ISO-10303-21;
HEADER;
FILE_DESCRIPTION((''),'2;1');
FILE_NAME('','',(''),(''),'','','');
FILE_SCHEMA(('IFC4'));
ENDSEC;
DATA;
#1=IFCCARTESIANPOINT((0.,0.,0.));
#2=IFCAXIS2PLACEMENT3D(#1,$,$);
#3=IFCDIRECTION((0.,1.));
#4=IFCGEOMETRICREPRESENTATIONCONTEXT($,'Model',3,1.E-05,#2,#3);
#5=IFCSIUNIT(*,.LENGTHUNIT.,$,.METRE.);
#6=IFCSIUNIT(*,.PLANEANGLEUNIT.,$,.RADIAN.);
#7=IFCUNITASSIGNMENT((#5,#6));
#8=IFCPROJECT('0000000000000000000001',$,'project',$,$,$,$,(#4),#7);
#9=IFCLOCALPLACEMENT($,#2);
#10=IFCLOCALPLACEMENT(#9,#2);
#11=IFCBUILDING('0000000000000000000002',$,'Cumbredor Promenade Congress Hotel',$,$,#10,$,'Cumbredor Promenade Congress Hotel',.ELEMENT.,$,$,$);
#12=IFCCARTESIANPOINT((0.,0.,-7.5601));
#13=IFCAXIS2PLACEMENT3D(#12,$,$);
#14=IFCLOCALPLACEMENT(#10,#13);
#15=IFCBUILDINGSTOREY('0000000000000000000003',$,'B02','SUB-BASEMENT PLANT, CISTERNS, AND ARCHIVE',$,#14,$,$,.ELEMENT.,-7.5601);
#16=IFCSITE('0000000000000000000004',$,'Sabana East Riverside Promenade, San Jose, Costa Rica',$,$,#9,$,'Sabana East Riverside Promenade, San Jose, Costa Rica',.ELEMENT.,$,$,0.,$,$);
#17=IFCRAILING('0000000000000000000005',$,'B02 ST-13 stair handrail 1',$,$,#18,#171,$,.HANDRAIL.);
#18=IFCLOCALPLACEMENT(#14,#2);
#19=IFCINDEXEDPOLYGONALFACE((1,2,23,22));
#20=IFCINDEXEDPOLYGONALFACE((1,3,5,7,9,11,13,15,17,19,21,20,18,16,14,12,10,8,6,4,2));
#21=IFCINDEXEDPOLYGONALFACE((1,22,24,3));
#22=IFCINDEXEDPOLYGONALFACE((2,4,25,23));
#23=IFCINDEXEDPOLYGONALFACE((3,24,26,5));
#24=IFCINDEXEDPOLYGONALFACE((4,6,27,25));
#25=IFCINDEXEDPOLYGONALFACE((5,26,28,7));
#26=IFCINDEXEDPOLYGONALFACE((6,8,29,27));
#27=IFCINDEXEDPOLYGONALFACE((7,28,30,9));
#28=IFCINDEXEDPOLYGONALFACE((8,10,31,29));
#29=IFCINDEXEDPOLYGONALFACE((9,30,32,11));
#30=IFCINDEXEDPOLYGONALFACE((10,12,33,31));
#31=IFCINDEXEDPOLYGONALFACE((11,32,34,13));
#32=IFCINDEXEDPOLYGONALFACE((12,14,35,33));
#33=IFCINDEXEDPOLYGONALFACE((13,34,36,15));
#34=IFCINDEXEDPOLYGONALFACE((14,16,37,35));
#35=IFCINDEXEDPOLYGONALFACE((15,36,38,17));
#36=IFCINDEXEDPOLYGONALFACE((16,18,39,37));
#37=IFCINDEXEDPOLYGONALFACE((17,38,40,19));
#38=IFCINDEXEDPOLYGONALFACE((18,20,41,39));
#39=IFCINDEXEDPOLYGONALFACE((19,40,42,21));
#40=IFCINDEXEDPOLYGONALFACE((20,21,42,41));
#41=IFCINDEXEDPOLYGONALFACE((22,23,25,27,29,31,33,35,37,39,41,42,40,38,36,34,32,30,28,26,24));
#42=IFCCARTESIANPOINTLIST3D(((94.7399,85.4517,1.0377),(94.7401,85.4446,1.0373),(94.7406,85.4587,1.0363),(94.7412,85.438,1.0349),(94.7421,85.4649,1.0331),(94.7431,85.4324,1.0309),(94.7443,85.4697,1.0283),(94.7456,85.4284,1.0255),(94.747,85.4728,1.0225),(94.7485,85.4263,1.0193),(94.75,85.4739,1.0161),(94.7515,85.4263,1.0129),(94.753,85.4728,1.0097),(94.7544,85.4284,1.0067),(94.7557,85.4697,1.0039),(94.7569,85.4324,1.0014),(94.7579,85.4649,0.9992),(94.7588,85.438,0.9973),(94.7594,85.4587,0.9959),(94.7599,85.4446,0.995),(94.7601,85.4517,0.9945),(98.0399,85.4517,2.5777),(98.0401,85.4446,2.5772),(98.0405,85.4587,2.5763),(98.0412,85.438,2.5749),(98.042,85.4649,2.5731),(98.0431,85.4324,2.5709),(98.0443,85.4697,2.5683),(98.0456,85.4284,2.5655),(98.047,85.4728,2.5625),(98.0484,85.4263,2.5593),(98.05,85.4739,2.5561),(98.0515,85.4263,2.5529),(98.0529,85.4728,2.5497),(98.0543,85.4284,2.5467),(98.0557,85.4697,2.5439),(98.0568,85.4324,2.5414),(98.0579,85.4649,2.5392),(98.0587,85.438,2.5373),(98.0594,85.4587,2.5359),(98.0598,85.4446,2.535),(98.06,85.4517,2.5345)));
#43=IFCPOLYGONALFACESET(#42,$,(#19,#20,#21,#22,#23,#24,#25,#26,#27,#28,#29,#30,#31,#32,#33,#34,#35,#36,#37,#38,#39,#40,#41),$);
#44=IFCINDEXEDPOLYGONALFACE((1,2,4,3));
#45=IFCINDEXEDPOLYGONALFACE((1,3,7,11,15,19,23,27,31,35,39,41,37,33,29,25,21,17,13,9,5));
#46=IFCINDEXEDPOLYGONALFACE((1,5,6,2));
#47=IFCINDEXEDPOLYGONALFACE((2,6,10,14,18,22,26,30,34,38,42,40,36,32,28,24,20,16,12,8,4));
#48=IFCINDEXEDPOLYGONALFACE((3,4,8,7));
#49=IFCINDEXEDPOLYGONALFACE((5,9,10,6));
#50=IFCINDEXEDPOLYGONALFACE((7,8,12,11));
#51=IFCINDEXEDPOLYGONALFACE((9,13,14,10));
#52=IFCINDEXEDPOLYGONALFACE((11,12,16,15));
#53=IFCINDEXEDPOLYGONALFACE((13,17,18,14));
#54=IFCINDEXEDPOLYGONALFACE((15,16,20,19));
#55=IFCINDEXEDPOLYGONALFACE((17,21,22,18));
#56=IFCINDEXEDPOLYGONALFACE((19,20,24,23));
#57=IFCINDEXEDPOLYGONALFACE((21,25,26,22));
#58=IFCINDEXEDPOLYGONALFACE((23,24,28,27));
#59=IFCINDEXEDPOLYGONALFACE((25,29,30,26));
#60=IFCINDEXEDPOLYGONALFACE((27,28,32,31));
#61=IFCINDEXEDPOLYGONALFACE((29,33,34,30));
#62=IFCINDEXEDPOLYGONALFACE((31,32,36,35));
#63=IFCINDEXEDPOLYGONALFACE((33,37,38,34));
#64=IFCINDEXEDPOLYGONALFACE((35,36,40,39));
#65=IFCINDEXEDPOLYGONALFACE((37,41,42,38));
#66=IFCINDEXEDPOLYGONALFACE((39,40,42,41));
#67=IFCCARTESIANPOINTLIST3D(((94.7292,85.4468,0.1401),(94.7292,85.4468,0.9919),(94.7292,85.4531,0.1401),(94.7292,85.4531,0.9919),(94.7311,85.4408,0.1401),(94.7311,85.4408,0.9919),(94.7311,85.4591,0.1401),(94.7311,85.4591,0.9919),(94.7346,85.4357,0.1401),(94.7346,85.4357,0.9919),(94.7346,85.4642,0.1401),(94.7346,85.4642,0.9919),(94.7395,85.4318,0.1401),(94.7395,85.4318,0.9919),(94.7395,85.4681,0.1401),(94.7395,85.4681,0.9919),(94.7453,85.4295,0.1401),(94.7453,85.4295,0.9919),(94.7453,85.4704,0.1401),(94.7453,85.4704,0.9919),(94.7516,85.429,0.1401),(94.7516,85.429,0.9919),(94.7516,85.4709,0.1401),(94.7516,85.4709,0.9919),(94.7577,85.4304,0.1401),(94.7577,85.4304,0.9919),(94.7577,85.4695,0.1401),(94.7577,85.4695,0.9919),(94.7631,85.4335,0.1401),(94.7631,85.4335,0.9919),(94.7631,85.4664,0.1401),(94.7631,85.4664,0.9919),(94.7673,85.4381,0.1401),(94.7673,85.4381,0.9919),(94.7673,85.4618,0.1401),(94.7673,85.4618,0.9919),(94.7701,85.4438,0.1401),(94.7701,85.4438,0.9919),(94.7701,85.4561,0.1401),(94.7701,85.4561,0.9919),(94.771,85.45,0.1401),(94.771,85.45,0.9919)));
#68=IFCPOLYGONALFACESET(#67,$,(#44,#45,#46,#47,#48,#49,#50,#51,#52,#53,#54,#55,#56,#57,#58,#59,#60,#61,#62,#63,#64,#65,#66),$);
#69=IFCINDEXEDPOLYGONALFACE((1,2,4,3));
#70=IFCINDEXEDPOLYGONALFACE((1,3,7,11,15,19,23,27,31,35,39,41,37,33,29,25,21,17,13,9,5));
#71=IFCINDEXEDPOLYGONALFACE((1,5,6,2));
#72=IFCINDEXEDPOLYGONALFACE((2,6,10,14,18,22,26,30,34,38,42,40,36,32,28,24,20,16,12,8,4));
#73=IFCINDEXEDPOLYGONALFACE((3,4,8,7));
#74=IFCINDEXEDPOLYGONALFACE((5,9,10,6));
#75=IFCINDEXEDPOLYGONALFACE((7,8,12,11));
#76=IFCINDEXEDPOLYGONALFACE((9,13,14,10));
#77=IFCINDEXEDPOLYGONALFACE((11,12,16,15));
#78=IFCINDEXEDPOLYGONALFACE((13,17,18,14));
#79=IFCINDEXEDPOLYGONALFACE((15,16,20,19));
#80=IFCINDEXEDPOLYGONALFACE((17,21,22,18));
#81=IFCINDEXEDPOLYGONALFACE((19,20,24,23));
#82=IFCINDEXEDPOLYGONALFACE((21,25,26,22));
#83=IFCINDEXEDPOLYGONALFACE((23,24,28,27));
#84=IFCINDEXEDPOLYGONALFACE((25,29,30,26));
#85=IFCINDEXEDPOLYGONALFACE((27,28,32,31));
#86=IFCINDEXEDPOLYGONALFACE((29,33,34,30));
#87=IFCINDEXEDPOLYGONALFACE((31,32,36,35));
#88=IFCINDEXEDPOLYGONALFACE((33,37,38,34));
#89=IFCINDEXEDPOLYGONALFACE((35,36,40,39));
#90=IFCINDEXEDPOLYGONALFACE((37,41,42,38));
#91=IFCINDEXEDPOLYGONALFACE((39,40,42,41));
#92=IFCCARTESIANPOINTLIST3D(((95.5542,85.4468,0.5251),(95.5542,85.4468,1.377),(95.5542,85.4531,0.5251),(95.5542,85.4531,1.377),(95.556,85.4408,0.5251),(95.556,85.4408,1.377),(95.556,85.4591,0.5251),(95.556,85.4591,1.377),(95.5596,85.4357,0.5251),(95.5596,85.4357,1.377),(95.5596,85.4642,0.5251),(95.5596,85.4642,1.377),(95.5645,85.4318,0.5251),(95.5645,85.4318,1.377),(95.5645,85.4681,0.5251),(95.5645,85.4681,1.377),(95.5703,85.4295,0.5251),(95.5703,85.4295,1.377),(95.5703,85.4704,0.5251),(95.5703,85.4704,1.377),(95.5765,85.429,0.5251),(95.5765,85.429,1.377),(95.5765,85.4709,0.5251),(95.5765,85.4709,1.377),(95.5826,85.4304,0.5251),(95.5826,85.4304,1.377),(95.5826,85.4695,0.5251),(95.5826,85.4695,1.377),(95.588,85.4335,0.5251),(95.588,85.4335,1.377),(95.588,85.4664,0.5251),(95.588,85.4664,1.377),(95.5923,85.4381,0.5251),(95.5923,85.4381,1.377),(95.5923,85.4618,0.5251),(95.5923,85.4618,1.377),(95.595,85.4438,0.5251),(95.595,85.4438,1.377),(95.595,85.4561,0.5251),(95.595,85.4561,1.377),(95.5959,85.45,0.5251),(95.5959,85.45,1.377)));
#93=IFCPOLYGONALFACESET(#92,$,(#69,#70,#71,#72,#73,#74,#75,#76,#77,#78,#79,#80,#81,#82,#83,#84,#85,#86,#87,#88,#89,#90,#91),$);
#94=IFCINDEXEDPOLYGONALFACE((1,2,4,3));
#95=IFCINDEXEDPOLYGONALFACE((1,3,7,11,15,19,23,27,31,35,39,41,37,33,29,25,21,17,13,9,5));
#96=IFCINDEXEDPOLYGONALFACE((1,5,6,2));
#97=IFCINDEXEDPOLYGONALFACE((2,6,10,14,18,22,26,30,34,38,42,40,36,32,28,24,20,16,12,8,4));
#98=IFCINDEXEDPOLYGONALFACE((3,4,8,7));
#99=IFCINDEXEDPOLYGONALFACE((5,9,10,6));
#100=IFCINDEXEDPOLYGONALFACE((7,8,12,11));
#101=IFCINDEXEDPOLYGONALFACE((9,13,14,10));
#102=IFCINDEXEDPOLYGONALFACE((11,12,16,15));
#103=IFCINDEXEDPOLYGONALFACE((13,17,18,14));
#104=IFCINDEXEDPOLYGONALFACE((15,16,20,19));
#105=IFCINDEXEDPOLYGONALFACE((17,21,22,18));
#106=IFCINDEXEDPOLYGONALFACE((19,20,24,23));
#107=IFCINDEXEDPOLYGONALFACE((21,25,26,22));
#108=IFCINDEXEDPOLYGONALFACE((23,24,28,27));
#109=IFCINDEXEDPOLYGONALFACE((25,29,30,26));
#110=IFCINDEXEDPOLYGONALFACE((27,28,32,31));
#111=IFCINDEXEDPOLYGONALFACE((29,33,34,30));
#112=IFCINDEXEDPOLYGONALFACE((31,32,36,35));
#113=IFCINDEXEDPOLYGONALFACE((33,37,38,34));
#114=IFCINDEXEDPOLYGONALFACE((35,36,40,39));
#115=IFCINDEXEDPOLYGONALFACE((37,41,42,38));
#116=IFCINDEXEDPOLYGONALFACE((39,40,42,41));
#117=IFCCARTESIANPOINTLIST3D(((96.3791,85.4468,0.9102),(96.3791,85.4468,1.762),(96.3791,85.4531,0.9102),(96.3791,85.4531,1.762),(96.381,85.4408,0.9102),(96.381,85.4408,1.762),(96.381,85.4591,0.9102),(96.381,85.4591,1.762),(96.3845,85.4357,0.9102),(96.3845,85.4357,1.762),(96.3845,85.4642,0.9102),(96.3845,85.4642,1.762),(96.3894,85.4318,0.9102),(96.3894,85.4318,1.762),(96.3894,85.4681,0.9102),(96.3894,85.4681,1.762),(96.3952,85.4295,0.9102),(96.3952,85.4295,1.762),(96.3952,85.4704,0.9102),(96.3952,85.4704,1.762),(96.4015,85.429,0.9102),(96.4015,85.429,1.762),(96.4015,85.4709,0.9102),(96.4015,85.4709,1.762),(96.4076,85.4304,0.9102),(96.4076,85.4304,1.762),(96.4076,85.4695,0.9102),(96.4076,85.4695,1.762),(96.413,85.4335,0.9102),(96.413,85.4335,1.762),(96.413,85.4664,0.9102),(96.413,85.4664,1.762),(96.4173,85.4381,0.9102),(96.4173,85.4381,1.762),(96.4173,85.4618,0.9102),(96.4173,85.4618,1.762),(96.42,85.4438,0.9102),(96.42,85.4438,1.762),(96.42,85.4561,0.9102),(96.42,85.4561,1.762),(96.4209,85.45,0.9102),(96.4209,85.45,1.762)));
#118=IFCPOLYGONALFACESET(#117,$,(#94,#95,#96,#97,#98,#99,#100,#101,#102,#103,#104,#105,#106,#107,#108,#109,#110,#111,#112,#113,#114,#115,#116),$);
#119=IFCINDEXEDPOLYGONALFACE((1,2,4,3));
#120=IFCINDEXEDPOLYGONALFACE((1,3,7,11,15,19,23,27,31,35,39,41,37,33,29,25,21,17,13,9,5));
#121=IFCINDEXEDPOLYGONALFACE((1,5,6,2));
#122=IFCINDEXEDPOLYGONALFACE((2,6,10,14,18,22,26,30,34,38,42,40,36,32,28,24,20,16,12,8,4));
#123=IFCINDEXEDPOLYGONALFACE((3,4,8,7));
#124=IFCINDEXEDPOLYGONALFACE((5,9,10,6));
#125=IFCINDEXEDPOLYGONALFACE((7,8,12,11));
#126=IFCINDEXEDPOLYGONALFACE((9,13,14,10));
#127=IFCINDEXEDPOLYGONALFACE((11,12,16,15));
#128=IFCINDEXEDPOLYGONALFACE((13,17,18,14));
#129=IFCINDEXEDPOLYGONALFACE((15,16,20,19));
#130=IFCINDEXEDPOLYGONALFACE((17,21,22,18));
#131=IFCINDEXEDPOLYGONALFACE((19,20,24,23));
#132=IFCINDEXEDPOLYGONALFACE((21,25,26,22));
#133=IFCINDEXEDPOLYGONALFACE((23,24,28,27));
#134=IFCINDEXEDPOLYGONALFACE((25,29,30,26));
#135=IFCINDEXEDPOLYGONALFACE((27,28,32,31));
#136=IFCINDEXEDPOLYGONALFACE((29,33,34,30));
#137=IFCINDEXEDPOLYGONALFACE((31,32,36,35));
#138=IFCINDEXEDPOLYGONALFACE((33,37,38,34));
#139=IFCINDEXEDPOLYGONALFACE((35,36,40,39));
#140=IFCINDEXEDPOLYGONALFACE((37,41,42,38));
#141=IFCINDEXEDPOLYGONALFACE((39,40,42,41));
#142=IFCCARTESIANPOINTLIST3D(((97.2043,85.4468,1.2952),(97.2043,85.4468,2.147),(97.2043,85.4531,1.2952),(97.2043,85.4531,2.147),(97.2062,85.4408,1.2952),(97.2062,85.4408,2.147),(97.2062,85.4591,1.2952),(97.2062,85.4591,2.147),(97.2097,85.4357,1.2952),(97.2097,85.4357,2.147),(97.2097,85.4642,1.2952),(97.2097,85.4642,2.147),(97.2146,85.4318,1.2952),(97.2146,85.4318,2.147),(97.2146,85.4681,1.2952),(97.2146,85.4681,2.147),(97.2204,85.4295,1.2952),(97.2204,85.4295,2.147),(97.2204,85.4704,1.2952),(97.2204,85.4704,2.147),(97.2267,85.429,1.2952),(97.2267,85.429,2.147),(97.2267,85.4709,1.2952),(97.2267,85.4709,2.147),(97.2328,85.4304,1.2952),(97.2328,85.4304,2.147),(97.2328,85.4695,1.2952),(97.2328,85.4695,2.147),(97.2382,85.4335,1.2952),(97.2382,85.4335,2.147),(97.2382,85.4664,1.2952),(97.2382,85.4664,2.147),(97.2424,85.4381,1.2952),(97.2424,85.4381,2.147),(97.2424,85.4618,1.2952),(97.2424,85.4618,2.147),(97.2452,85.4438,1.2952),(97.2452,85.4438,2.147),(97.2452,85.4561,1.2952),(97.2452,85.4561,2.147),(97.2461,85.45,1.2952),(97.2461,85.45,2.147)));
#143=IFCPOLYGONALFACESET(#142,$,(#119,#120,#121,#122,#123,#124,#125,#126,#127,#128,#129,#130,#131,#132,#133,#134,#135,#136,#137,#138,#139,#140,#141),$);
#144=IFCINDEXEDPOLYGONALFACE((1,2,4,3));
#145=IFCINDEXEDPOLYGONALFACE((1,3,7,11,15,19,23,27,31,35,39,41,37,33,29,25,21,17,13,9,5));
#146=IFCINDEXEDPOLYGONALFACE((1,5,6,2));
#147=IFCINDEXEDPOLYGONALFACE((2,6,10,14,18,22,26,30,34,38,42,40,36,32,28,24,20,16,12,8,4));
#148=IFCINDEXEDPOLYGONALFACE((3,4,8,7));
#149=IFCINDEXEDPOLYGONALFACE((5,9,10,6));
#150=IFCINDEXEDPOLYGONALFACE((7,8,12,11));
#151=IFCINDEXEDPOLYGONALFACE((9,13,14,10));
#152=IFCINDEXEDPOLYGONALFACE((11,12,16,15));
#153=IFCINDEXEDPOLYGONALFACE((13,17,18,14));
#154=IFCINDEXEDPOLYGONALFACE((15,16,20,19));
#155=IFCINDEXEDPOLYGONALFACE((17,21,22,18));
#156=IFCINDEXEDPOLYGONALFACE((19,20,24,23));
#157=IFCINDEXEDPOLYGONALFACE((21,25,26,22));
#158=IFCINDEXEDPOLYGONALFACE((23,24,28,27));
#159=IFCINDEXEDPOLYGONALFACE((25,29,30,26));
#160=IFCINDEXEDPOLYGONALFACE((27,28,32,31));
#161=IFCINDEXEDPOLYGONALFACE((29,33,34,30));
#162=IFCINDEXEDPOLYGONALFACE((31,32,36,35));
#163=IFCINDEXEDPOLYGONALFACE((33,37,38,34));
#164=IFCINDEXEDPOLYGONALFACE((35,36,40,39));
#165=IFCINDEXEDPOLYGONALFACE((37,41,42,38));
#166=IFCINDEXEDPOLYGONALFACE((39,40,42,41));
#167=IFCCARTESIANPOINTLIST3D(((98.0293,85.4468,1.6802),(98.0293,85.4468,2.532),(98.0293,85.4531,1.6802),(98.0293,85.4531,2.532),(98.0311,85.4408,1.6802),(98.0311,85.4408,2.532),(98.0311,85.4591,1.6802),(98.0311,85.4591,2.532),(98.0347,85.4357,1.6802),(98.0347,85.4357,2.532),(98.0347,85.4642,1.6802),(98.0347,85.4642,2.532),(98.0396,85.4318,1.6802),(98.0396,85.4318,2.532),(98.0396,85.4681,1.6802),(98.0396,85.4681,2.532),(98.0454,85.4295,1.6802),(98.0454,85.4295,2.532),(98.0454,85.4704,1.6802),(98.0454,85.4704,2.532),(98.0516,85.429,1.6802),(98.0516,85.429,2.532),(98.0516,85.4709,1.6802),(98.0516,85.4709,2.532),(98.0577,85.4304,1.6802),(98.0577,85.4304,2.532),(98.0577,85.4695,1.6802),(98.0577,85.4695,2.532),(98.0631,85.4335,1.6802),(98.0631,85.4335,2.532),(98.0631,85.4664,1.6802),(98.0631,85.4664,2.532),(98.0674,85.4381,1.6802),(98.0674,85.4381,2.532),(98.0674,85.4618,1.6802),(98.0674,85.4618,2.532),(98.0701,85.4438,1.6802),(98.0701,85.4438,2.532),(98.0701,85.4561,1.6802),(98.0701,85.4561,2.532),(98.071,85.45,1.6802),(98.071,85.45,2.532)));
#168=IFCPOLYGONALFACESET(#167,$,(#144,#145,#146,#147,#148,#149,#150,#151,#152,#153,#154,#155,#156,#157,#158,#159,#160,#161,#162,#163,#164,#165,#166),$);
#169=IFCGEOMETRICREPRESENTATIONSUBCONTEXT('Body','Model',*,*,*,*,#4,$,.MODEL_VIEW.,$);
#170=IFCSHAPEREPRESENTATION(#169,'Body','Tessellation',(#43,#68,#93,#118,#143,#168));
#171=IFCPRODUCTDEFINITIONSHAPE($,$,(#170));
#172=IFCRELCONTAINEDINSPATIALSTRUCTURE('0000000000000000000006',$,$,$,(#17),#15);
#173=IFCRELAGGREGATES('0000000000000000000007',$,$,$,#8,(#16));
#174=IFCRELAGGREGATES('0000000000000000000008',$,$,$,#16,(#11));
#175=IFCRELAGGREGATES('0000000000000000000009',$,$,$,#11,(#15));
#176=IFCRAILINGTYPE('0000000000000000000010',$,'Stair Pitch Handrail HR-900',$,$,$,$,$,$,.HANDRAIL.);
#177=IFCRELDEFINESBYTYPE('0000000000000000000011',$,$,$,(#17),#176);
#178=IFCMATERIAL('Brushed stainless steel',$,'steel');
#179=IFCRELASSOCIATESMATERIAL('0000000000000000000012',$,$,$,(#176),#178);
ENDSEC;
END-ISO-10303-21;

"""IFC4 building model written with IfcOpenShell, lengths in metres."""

from ifc_helpers import new_model, si_unit, direction, frame, origin, origin_2d, place, context, subcontext, project, spatial, circle, extrude, material, type_object, element, save


model = new_model("IFC4")

# Units and contexts
model_context = context("Model", 3, precision=1e-05, world=origin(), true_north=direction((0.0, 1.0)))
body_context = subcontext(model_context, "Body", "Model", "MODEL_VIEW")
ifc_project = project(units=[si_unit("LENGTHUNIT", "METRE"), si_unit("PLANEANGLEUNIT", "RADIAN")], contexts=[model_context])

# Site, building, storey
site_placement = place(None, origin())
site = spatial("IfcSite", under=ifc_project, at=site_placement, Name="Sabana East Riverside Promenade, San Jose, Costa Rica", LongName="Sabana East Riverside Promenade, San Jose, Costa Rica", CompositionType="ELEMENT", RefElevation=0.0)
building_placement = place(site_placement, origin())
building = spatial("IfcBuilding", under=site, at=building_placement, Name="Cumbredor Promenade Congress Hotel", LongName="Cumbredor Promenade Congress Hotel", CompositionType="ELEMENT")
storey_placement = place(building_placement, frame((0.0, 0.0, -7.5601)))
storey = spatial("IfcBuildingStorey", under=building, at=storey_placement, Name="B02", Description="SUB-BASEMENT PLANT, CISTERNS, AND ARCHIVE", CompositionType="ELEMENT", Elevation=-7.5601)

# Railing
ifc_material_1 = material(Name="Brushed stainless steel", Category="steel")
railing_type_1 = type_object("IfcRailingType", Name="Stair Pitch Handrail HR-900", PredefinedType="HANDRAIL", material=ifc_material_1)
railing_1_placement = place(storey_placement, frame((94.75, 85.45, 0.1401)))
element("IfcRailing", 1, at=railing_1_placement, inside=storey, type_object=railing_type_1, Name="B02 ST-13 stair handrail 1", PredefinedType="HANDRAIL", context=body_context, shape_type="SweptSolid", body=[
    extrude(circle(Radius=0.0239, at=origin_2d()), frame((0.0, 0.0, 0.876), z_axis=(0.906181, 0.0, 0.422889), x_axis=(0.0, 1.0, 0.0)), (0.0, 0.0, 1.0), 3.6416),
    extrude(circle(Radius=0.021, at=origin_2d()), origin(), (0.0, 0.0, 1.0), 0.8518),
    extrude(circle(Radius=0.021, at=origin_2d()), frame((0.825, 0.0, 0.385)), (0.0, 0.0, 1.0), 0.8518),
    extrude(circle(Radius=0.021, at=origin_2d()), frame((1.6499, 0.0, 0.77)), (0.0, 0.0, 1.0), 0.8518),
    extrude(circle(Radius=0.021, at=origin_2d()), frame((2.4751, 0.0, 1.155)), (0.0, 0.0, 1.0), 0.8518),
    extrude(circle(Radius=0.021, at=origin_2d()), frame((3.3, 0.0, 1.54)), (0.0, 0.0, 1.0), 0.8518),
])

save(model, "model.ifc")
